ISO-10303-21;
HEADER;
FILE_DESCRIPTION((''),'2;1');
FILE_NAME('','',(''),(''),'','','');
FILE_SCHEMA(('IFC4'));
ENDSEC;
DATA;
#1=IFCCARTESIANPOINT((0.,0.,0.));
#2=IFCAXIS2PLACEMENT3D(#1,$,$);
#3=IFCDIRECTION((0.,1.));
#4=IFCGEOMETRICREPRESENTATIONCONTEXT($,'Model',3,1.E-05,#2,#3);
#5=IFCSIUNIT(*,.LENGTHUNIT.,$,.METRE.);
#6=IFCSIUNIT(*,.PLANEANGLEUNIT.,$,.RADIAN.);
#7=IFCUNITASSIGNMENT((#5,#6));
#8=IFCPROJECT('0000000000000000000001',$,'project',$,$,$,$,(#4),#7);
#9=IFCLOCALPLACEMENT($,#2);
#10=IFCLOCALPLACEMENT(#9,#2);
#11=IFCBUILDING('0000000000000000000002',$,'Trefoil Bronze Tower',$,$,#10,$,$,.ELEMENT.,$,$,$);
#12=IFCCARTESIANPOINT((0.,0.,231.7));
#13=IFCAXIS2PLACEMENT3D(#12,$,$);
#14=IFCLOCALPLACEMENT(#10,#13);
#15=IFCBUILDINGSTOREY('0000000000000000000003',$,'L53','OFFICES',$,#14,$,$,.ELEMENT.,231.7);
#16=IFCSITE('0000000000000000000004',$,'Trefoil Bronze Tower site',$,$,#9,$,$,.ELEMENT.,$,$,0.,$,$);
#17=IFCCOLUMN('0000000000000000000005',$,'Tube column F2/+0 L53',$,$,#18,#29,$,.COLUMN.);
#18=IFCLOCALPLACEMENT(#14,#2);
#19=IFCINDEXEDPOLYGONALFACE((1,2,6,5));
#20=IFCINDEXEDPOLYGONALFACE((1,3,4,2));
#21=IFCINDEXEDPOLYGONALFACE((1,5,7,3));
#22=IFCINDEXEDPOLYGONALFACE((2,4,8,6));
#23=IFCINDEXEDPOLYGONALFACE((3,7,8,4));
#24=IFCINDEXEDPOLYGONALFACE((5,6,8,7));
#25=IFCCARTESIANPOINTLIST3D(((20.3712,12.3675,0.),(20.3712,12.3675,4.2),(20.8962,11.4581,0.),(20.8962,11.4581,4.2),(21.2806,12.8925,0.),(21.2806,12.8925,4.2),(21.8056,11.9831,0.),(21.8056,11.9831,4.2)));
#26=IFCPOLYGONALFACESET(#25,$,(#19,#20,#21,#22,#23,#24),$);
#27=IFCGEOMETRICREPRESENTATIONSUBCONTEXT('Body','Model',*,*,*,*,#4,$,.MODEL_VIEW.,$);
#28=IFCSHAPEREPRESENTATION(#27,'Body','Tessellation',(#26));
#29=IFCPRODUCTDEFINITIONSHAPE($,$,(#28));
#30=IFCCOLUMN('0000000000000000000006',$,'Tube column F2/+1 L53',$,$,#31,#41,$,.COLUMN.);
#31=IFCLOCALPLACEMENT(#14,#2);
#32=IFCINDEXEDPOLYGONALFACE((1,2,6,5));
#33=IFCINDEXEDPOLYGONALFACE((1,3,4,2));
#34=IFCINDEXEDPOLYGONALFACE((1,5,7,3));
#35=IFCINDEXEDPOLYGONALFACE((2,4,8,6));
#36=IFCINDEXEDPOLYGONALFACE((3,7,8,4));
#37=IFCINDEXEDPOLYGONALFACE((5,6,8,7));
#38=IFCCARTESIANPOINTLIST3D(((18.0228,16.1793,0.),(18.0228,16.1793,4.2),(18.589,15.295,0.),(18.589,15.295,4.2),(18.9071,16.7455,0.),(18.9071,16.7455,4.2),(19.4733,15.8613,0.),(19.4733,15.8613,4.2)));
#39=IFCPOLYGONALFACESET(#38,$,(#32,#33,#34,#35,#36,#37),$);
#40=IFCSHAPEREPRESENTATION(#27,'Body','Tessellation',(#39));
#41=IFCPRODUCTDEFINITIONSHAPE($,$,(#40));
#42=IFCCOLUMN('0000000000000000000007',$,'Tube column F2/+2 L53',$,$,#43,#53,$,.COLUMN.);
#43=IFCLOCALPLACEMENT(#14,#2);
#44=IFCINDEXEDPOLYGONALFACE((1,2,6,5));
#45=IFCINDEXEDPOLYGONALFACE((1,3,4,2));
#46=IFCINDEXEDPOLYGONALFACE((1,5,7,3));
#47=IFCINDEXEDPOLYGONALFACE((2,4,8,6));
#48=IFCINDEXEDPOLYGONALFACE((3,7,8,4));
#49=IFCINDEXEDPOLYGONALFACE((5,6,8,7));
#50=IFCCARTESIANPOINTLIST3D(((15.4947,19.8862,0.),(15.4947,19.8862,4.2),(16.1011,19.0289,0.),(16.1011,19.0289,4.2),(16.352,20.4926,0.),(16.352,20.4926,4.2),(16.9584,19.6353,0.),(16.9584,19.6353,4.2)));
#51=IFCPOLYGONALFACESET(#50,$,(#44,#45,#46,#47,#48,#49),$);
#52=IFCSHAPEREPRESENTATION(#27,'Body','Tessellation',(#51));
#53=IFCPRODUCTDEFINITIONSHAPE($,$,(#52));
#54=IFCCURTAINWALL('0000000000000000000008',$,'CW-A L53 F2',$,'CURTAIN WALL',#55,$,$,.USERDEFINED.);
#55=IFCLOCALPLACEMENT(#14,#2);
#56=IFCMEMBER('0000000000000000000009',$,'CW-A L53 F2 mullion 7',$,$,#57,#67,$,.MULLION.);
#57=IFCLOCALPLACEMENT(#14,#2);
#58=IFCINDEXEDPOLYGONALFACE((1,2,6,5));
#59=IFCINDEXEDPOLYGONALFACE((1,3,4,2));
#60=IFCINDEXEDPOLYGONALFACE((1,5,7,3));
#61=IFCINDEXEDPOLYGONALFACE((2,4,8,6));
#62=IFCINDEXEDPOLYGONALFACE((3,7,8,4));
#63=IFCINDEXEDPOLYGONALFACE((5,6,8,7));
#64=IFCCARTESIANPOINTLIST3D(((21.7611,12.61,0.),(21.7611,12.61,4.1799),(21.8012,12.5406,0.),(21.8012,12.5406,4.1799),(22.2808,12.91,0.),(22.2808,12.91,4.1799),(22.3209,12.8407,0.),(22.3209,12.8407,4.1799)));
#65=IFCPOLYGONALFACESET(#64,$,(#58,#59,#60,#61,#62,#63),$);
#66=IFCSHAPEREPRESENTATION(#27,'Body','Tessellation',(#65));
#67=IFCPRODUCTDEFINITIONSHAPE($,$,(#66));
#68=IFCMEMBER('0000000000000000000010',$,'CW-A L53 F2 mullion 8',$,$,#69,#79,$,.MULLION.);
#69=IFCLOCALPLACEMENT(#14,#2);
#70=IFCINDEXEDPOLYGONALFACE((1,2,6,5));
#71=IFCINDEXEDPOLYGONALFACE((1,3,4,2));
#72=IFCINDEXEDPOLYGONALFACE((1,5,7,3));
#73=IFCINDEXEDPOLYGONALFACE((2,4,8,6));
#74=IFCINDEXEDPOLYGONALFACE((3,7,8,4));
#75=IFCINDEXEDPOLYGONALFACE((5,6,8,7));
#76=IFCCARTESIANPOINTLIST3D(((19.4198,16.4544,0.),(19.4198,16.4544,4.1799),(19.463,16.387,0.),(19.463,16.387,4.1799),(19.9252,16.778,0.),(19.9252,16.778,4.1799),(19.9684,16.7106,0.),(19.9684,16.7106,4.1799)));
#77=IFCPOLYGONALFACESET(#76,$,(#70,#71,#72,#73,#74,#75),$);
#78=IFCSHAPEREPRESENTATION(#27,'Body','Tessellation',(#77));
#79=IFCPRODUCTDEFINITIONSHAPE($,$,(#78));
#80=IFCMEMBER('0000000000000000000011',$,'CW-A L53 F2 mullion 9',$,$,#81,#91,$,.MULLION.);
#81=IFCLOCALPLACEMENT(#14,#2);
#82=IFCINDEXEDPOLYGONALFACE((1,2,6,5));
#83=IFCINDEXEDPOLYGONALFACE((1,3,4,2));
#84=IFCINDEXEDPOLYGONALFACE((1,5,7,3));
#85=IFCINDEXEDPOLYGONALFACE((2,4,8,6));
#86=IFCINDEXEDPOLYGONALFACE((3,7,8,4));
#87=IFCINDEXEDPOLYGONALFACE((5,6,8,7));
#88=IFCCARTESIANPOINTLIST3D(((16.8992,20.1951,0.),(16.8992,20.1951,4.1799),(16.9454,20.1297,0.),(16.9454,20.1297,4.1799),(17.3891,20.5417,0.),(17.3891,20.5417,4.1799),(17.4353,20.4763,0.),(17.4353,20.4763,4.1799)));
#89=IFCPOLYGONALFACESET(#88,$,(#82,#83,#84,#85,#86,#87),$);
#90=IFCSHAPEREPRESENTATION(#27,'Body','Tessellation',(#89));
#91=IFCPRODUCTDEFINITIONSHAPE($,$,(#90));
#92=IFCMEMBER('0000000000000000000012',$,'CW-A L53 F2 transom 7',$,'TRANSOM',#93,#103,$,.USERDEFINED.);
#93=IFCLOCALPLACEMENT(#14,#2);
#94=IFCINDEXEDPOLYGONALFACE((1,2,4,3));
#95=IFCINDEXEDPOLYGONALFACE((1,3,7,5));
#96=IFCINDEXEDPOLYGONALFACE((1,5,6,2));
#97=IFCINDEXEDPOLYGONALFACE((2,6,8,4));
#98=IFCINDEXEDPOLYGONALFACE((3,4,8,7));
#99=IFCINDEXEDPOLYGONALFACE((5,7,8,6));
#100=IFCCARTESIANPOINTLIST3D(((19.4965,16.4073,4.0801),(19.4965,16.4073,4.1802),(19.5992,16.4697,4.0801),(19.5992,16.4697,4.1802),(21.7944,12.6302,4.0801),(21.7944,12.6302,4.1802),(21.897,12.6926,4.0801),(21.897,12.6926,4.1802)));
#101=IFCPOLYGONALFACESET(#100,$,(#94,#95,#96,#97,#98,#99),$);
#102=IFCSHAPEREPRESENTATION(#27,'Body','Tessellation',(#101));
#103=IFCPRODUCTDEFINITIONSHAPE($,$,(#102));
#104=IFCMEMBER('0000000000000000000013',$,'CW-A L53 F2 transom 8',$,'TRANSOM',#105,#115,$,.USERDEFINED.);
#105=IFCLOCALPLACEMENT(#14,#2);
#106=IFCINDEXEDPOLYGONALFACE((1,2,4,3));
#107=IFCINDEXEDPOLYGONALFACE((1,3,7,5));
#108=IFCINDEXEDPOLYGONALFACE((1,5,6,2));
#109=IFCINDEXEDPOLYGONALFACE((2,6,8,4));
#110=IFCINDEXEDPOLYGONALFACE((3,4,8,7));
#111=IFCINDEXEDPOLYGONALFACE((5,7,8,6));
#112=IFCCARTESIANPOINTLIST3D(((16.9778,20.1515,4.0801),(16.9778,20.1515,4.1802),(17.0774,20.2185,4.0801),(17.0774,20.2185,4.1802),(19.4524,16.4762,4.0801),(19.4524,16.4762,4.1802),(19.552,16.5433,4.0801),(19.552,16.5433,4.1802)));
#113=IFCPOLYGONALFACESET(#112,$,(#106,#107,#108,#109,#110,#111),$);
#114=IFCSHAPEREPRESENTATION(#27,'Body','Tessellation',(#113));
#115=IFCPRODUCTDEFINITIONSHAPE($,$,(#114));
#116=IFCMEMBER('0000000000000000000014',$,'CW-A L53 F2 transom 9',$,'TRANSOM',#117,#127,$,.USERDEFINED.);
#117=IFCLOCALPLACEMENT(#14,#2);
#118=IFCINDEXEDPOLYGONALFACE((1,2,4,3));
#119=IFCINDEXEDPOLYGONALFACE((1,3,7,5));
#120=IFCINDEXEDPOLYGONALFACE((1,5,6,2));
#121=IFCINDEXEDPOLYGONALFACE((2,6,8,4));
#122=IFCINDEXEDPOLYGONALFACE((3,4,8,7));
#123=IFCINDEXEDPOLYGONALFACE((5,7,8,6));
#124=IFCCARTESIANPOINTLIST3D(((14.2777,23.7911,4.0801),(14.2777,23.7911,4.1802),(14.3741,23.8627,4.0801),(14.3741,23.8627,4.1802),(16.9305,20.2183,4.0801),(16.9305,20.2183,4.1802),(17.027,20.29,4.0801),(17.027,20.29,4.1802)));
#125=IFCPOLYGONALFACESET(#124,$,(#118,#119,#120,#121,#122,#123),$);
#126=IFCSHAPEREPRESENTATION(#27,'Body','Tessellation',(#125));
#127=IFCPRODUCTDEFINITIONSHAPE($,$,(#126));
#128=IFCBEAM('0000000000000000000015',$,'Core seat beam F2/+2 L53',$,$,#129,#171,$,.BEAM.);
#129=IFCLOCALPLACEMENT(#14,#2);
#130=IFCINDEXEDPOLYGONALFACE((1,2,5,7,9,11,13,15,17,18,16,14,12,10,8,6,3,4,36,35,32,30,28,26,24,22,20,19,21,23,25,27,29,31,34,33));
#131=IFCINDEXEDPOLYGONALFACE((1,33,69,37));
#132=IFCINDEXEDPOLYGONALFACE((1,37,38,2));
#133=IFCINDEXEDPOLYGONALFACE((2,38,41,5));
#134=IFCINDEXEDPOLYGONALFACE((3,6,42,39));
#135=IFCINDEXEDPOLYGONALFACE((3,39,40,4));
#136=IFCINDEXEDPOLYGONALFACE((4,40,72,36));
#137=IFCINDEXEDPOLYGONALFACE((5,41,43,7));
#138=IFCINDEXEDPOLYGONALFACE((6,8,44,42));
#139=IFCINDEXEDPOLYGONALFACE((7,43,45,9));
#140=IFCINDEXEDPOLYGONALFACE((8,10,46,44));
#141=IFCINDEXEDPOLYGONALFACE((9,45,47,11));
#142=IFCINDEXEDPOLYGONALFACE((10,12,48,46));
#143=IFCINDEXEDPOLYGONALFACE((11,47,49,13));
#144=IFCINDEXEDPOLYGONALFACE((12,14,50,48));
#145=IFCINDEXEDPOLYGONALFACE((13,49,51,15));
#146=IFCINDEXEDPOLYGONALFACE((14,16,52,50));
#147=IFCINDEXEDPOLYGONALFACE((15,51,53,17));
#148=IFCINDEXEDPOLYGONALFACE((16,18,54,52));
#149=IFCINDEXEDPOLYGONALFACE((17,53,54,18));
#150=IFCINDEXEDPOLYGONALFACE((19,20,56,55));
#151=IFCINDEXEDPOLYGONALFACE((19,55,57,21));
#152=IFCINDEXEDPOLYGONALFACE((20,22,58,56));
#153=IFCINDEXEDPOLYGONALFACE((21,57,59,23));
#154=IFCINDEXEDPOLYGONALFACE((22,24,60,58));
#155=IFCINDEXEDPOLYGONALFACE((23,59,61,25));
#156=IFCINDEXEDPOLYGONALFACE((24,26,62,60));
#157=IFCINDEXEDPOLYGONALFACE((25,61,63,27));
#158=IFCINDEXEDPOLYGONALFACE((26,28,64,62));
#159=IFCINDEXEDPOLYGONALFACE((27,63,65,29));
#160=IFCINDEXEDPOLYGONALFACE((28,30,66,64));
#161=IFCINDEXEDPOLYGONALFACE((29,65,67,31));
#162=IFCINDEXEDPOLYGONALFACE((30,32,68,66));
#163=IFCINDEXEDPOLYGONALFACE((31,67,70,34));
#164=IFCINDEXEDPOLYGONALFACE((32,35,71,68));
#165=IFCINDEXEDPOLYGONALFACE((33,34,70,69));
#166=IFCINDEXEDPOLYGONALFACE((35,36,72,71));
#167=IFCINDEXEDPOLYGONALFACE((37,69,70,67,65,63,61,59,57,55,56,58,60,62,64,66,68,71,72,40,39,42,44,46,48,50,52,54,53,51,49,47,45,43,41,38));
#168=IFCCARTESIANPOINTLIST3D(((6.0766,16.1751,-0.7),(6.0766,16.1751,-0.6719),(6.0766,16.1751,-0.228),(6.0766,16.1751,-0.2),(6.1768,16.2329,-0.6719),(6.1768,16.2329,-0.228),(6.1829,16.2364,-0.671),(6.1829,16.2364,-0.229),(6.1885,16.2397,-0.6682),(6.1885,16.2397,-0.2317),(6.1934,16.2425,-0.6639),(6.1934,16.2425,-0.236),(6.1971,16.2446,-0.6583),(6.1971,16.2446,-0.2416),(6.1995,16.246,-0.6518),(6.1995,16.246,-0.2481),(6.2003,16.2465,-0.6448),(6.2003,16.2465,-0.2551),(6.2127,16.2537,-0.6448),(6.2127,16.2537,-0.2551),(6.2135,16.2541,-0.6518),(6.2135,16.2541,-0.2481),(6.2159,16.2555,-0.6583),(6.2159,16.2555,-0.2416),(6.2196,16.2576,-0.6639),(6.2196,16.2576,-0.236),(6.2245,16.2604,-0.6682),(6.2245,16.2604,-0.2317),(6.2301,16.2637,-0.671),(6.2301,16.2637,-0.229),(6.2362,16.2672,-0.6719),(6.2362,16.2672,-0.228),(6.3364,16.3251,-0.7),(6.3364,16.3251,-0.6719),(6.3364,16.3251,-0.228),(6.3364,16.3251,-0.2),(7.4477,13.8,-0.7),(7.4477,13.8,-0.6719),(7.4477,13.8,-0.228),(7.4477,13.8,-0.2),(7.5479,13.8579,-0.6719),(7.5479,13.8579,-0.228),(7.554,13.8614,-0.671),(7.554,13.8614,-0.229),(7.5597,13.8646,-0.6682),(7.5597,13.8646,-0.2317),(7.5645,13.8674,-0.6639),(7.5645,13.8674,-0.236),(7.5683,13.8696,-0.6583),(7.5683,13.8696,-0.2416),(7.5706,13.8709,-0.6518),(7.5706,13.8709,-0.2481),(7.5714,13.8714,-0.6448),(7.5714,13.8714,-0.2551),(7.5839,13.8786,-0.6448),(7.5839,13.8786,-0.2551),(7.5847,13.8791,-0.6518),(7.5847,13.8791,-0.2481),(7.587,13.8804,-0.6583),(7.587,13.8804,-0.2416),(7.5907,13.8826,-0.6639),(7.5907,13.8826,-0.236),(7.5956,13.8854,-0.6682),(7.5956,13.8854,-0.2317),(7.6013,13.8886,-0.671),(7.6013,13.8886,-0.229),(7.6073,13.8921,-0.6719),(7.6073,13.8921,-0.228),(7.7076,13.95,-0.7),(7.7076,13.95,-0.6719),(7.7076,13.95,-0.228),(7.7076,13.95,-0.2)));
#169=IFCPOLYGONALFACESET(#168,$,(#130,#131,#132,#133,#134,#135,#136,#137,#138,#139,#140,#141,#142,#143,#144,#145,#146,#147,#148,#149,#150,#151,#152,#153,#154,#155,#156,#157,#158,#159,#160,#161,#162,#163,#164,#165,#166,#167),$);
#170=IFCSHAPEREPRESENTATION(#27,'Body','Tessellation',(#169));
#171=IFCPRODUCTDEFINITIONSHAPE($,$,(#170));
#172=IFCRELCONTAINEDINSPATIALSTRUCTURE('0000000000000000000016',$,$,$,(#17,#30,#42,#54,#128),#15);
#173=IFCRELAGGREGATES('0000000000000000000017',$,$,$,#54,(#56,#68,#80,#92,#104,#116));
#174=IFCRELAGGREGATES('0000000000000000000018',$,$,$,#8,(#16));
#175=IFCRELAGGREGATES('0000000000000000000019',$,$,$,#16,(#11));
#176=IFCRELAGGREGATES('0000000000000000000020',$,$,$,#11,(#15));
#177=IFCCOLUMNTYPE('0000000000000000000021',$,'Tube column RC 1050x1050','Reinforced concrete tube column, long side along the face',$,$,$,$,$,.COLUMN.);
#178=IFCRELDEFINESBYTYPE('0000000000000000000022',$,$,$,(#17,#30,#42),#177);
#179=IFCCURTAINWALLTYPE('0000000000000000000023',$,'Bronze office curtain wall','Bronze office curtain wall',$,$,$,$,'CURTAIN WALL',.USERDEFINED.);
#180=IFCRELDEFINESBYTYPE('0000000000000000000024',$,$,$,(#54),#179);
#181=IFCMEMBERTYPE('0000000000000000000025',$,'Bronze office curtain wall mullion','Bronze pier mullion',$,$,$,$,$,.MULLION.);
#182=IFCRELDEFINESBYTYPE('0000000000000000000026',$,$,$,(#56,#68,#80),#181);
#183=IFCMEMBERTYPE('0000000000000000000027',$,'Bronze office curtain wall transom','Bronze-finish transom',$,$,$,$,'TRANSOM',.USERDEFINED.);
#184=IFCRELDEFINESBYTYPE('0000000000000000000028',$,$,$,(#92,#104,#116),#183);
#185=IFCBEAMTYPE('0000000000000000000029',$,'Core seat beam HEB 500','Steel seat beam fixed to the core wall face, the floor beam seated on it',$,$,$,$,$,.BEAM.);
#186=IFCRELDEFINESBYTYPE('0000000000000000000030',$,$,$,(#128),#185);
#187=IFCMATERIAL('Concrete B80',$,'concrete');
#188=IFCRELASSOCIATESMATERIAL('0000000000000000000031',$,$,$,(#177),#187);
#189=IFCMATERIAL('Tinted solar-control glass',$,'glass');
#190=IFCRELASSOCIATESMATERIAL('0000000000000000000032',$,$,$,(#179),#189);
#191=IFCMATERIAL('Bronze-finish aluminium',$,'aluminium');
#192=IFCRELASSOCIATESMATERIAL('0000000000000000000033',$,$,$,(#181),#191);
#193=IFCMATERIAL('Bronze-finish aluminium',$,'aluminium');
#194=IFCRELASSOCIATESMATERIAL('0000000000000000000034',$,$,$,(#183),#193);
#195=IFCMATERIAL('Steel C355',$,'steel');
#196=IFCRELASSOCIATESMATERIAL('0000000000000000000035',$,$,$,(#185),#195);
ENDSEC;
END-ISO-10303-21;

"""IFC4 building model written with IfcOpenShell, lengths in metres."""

from ifc_helpers import new_model, si_unit, direction, frame, origin, origin_2d, place, context, subcontext, project, spatial, rectangle, i_section, extrude, material, material_profile, profile_set, type_object, element, aggregate, save


model = new_model("IFC4")

# Units and contexts
model_context = context("Model", 3, precision=1e-05, world=origin(), true_north=direction((0.0, 1.0)))
body_context = subcontext(model_context, "Body", "Model", "MODEL_VIEW")
ifc_project = project(units=[si_unit("LENGTHUNIT", "METRE"), si_unit("PLANEANGLEUNIT", "RADIAN")], contexts=[model_context])

# Site, building, storey
site_placement = place(None, origin())
site = spatial("IfcSite", under=ifc_project, at=site_placement, Name="Trefoil Bronze Tower site", CompositionType="ELEMENT", RefElevation=0.0)
building_placement = place(site_placement, origin())
building = spatial("IfcBuilding", under=site, at=building_placement, Name="Trefoil Bronze Tower", CompositionType="ELEMENT")
storey_placement = place(building_placement, frame((0.0, 0.0, 231.7)))
storey = spatial("IfcBuildingStorey", under=building, at=storey_placement, Name="L53", Description="OFFICES", CompositionType="ELEMENT", Elevation=231.7)

# Columns
ifc_material_1 = material(Name="Concrete B80", Category="concrete")
ifc_material_profile_1 = material_profile(ifc_material_1, rectangle(XDim=1.05, YDim=1.05, at=origin_2d()), Name="RC 1050x1050")
ifc_profile_set_1 = profile_set([ifc_material_profile_1], Name="Concrete B80")
column_type = type_object("IfcColumnType", Name="Tube column RC 1050x1050", Description="Reinforced concrete tube column, long side along the face", PredefinedType="COLUMN", material=ifc_profile_set_1)
for number, where, z_axis, x_axis, name in (
    (1, (21.0884, 12.1753, 0.0), (0.0, 0.0, 1.0), (-0.5, 0.866025, 0.0), "Tube column F2/+0 L53"),
    (2, (18.748, 16.0203, 0.0), (0.0, 0.0, 1.0), (-0.53927, 0.842133, 0.0), "Tube column F2/+1 L53"),
    (3, (16.2266, 19.7607, 0.0), (0.0, 0.0, 1.0), (-0.577481, 0.816404, 0.0), "Tube column F2/+2 L53"),
):
    element("IfcColumn", number, at=place(storey_placement, frame(where, z_axis=z_axis, x_axis=x_axis)), inside=storey, type_object=column_type, Name=name, PredefinedType="COLUMN", context=body_context, shape_type="SweptSolid", body=[
        extrude(rectangle(XDim=1.05, YDim=1.05, at=origin_2d()), origin(), (0.0, 0.0, 1.0), 4.2),
    ])

# Curtain wall, members
ifc_material_2 = material(Name="Tinted solar-control glass", Category="glass")
curtain_wall_type = type_object("IfcCurtainWallType", Name="Bronze office curtain wall", Description="Bronze office curtain wall", ElementType="CURTAIN WALL", PredefinedType="USERDEFINED", material=ifc_material_2)
curtain_wall_placement = place(storey_placement, origin())
curtain_wall = element("IfcCurtainWall", 4, at=curtain_wall_placement, inside=storey, type_object=curtain_wall_type, Name="CW-A L53 F2", ObjectType="CURTAIN WALL", PredefinedType="USERDEFINED")
ifc_material_3 = material(Name="Bronze-finish aluminium", Category="aluminium")
ifc_material_profile_2 = material_profile(ifc_material_3, rectangle(XDim=0.6001, YDim=0.0801, at=origin_2d()), Name="CW-A mullion")
ifc_profile_set_2 = profile_set([ifc_material_profile_2], Name="Bronze-finish aluminium")
member_type_1 = type_object("IfcMemberType", Name="Bronze office curtain wall mullion", Description="Bronze pier mullion", PredefinedType="MULLION", material=ifc_profile_set_2)
member_1_placement = place(storey_placement, frame((22.041, 12.7253, 0.0), z_axis=(0.0, 0.0, 1.0), x_axis=(-0.866025, -0.5, 0.0)))
member_1 = element("IfcMember", 5, at=member_1_placement, type_object=member_type_1, Name="CW-A L53 F2 mullion 7", PredefinedType="MULLION", context=body_context, shape_type="SweptSolid", body=[
    extrude(rectangle(XDim=0.6001, YDim=0.0801, at=origin_2d()), origin(), (0.0, 0.0, 1.0), 4.1799),
])
member_2_placement = place(storey_placement, frame((19.6941, 16.5825, 0.0), z_axis=(0.0, 0.0, 1.0), x_axis=(-0.842133, -0.53927, 0.0)))
member_2 = element("IfcMember", 6, at=member_2_placement, type_object=member_type_1, Name="CW-A L53 F2 mullion 8", PredefinedType="MULLION", context=body_context, shape_type="SweptSolid", body=[
    extrude(rectangle(XDim=0.6001, YDim=0.0801, at=origin_2d()), origin(), (0.0, 0.0, 1.0), 4.1799),
])
member_3_placement = place(storey_placement, frame((17.1672, 20.3357, 0.0), z_axis=(0.0, 0.0, 1.0), x_axis=(-0.816404, -0.577481, 0.0)))
member_3 = element("IfcMember", 7, at=member_3_placement, type_object=member_type_1, Name="CW-A L53 F2 mullion 9", PredefinedType="MULLION", context=body_context, shape_type="SweptSolid", body=[
    extrude(rectangle(XDim=0.6001, YDim=0.0801, at=origin_2d()), origin(), (0.0, 0.0, 1.0), 4.1799),
])
ifc_material_4 = material(Name="Bronze-finish aluminium", Category="aluminium")
ifc_material_profile_3 = material_profile(ifc_material_4, rectangle(XDim=0.1201, YDim=0.1001, at=origin_2d()), Name="CW-A transom")
ifc_profile_set_3 = profile_set([ifc_material_profile_3], Name="Bronze-finish aluminium")
member_type_2 = type_object("IfcMemberType", Name="Bronze office curtain wall transom", Description="Bronze-finish transom", ElementType="TRANSOM", PredefinedType="USERDEFINED", material=ifc_profile_set_3)
member_4_placement = place(storey_placement, frame((21.8457, 12.6614, 4.1301), z_axis=(-0.51974, 0.854324, 0.0), x_axis=(-0.854324, -0.51974, 0.0)))
member_4 = element("IfcMember", 8, at=member_4_placement, type_object=member_type_2, Name="CW-A L53 F2 transom 7", ObjectType="TRANSOM", PredefinedType="USERDEFINED", context=body_context, shape_type="SweptSolid", body=[
    extrude(rectangle(XDim=0.1201, YDim=0.1001, at=origin_2d()), origin(), (0.0, 0.0, 1.0), 4.4211),
])
member_5_placement = place(storey_placement, frame((19.5022, 16.5098, 4.1301), z_axis=(-0.558509, 0.829498, 0.0), x_axis=(-0.829498, -0.558509, 0.0)))
member_5 = element("IfcMember", 9, at=member_5_placement, type_object=member_type_2, Name="CW-A L53 F2 transom 8", ObjectType="TRANSOM", PredefinedType="USERDEFINED", context=body_context, shape_type="SweptSolid", body=[
    extrude(rectangle(XDim=0.1201, YDim=0.1001, at=origin_2d()), origin(), (0.0, 0.0, 1.0), 4.4307),
])
member_6_placement = place(storey_placement, frame((16.9788, 20.2542, 4.1301), z_axis=(-0.596148, 0.802874, 0.0), x_axis=(-0.802874, -0.596148, 0.0)))
member_6 = element("IfcMember", 10, at=member_6_placement, type_object=member_type_2, Name="CW-A L53 F2 transom 9", ObjectType="TRANSOM", PredefinedType="USERDEFINED", context=body_context, shape_type="SweptSolid", body=[
    extrude(rectangle(XDim=0.1201, YDim=0.1001, at=origin_2d()), origin(), (0.0, 0.0, 1.0), 4.45),
])

# Beam
ifc_material_5 = material(Name="Steel C355", Category="steel")
ifc_material_profile_4 = material_profile(ifc_material_5, i_section(OverallWidth=0.3, OverallDepth=0.5, WebThickness=0.0144, FlangeThickness=0.0281, FilletRadius=0.0271, at=origin_2d()), Name="HEB 500")
ifc_profile_set_4 = profile_set([ifc_material_profile_4], Name="Steel C355")
beam_type_1 = type_object("IfcBeamType", Name="Core seat beam HEB 500", Description="Steel seat beam fixed to the core wall face, the floor beam seated on it", PredefinedType="BEAM", material=ifc_profile_set_4)
beam_1_placement = place(storey_placement, frame((7.5776, 13.875, -0.45), z_axis=(-0.499969, 0.866043, 0.0), x_axis=(-0.866043, -0.499969, 0.0)))
element("IfcBeam", 11, at=beam_1_placement, inside=storey, type_object=beam_type_1, Name="Core seat beam F2/+2 L53", PredefinedType="BEAM", context=body_context, shape_type="SweptSolid", body=[
    extrude(i_section(OverallWidth=0.3, OverallDepth=0.5, WebThickness=0.0144, FlangeThickness=0.0281, FilletRadius=0.0271, at=origin_2d()), origin(), (0.0, 0.0, 1.0), 2.7424),
])

aggregate(curtain_wall, [member_1, member_2, member_3, member_4, member_5, member_6])

save(model, "model.ifc")
